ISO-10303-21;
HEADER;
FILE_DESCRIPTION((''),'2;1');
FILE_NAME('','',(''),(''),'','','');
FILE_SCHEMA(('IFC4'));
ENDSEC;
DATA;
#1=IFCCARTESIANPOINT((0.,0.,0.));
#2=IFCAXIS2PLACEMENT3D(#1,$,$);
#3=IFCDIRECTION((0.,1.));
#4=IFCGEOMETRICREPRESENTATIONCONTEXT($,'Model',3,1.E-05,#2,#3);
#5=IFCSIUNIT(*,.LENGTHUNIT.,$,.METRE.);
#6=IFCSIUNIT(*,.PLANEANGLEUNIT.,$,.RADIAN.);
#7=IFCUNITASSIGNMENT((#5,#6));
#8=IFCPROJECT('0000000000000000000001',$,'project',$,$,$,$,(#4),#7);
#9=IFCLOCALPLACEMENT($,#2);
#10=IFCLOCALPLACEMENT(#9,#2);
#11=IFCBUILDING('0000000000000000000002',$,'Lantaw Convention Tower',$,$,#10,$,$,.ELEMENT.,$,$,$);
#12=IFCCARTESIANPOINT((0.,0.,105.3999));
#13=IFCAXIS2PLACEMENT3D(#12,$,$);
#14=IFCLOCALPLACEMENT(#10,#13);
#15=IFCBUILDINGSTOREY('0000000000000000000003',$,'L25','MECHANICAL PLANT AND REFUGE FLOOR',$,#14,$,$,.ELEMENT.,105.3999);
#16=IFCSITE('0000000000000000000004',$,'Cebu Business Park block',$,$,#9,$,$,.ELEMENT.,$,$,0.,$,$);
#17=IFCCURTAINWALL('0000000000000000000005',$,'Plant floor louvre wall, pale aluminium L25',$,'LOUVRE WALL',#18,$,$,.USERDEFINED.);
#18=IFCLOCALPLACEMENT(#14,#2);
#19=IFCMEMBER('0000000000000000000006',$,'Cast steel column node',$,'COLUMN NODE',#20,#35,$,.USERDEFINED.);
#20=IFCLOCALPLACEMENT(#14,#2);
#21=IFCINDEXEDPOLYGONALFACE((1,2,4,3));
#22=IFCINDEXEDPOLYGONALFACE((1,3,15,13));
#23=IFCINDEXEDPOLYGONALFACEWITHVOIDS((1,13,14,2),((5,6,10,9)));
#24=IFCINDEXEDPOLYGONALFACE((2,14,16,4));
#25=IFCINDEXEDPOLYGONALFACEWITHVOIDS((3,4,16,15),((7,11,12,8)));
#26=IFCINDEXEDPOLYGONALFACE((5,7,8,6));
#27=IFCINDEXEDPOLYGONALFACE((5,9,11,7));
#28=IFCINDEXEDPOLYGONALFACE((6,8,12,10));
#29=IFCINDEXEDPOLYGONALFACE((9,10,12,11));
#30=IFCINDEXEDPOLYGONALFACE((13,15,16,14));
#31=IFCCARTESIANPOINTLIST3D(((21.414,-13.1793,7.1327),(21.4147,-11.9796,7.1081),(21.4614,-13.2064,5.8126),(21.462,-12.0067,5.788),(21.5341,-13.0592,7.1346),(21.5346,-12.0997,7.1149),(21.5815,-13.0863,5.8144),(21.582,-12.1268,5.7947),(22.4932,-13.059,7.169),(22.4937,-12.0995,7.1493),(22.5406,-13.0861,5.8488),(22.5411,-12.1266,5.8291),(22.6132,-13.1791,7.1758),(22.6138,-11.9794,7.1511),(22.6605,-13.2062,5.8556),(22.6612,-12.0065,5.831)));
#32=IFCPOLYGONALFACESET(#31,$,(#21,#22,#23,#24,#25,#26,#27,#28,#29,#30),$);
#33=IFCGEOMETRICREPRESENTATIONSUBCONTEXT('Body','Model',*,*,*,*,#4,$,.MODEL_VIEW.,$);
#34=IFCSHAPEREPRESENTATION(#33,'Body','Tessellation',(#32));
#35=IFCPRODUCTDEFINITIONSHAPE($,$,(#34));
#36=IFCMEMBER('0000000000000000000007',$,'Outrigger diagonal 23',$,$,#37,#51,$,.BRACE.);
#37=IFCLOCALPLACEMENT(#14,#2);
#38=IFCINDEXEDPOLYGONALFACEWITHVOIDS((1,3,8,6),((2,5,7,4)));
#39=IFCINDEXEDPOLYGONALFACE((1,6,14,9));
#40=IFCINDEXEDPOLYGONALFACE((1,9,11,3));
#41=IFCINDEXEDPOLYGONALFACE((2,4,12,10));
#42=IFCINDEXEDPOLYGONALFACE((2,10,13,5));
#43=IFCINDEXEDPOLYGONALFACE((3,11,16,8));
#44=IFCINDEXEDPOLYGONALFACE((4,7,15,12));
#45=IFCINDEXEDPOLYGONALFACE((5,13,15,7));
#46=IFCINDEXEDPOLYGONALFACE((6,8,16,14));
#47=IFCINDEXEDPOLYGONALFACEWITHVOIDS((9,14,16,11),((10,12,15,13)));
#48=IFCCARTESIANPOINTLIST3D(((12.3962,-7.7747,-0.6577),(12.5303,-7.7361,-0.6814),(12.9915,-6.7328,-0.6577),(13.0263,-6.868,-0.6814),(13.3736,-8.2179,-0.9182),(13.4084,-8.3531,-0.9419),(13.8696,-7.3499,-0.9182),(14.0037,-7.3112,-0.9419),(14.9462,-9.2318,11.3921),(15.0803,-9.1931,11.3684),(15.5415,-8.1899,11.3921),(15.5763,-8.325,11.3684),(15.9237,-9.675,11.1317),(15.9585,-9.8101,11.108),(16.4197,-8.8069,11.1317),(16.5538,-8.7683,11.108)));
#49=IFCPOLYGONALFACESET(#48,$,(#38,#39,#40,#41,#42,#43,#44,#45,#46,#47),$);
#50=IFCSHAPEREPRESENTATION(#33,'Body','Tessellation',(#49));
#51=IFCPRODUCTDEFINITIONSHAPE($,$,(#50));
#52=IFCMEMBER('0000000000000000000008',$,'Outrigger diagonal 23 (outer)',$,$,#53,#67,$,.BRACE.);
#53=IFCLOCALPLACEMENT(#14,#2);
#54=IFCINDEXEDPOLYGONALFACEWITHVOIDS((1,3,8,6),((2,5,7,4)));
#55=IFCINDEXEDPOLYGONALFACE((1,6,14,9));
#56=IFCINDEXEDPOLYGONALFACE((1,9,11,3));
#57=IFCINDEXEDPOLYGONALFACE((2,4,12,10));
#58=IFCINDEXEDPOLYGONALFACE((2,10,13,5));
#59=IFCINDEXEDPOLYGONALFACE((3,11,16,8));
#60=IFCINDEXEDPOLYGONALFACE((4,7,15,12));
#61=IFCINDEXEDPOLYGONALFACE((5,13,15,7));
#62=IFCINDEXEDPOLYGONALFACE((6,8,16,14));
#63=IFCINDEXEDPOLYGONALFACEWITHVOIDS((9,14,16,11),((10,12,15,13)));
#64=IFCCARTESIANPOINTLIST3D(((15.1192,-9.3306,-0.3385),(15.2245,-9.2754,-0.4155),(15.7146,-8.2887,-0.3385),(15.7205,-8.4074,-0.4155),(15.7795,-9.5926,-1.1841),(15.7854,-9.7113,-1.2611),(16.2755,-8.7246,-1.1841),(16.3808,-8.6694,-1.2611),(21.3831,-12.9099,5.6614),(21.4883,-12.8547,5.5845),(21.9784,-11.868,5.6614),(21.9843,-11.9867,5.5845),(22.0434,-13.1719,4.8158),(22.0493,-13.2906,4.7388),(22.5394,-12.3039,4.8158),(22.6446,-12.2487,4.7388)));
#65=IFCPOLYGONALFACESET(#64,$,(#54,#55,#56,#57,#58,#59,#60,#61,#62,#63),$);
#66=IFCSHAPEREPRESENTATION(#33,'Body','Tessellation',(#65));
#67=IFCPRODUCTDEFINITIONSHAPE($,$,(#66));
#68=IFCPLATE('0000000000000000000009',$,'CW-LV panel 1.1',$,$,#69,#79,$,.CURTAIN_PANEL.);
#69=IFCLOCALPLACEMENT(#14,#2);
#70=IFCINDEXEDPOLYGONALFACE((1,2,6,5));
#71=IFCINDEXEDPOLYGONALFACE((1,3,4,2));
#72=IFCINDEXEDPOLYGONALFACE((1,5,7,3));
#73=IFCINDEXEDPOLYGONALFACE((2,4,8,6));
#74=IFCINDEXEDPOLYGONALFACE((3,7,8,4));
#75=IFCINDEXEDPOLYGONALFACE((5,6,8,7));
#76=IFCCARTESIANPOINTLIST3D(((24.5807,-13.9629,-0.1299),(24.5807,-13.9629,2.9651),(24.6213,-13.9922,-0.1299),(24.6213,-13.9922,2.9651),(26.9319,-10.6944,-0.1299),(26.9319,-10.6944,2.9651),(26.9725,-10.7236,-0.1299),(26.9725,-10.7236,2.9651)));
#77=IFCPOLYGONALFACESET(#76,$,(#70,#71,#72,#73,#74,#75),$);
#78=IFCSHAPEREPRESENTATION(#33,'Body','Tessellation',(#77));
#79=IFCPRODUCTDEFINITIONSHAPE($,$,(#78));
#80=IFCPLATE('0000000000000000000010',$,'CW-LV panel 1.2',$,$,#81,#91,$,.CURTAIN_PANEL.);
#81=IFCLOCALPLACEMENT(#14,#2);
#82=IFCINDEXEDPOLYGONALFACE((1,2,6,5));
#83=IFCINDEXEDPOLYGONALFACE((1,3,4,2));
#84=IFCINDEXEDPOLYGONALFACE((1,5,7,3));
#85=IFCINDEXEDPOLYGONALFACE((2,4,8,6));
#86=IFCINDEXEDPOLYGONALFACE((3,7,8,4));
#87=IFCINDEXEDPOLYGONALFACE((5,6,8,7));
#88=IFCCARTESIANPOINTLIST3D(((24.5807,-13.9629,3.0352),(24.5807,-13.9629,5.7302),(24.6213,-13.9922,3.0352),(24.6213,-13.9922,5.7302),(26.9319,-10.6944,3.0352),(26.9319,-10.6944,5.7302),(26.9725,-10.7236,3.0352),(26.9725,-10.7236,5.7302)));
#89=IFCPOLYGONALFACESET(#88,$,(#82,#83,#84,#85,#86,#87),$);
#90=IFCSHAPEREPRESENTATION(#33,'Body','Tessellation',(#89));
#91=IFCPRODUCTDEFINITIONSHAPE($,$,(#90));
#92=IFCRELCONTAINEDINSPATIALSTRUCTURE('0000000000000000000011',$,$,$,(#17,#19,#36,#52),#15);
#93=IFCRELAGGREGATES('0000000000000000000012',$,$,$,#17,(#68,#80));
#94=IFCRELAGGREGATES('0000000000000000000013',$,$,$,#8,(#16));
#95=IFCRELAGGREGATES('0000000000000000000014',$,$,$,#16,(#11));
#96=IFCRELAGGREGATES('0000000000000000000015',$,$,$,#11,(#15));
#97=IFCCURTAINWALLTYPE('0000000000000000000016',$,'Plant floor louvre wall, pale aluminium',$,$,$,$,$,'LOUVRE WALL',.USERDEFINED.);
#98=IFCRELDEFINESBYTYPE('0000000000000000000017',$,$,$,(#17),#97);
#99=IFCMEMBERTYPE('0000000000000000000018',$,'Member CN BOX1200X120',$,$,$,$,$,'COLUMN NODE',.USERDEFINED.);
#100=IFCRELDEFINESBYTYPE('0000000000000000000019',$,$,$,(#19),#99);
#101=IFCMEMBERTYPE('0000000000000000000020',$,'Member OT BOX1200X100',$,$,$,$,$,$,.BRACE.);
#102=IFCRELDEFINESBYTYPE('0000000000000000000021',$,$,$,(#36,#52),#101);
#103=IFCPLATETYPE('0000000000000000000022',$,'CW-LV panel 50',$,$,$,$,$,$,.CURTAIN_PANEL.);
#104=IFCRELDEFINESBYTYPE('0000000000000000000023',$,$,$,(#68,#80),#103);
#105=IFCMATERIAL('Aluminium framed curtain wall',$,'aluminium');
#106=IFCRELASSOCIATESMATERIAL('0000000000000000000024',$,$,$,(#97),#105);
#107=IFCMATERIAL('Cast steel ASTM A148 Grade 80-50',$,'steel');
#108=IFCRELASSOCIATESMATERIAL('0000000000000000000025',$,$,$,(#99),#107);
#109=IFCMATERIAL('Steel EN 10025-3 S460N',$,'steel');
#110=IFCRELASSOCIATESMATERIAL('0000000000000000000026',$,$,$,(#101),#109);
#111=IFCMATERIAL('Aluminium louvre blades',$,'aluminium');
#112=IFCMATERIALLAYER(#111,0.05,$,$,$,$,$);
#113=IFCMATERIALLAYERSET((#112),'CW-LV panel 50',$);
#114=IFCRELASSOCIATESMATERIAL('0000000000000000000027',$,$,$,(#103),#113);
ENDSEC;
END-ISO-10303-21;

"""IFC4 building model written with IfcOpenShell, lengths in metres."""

from ifc_helpers import new_model, si_unit, direction, frame, origin, origin_2d, place, context, subcontext, project, spatial, rectangle, hollow_rectangle, extrude, material, layer, layer_set, material_profile, profile_set, type_object, element, aggregate, save


model = new_model("IFC4")

# Units and contexts
model_context = context("Model", 3, precision=1e-05, world=origin(), true_north=direction((0.0, 1.0)))
body_context = subcontext(model_context, "Body", "Model", "MODEL_VIEW")
ifc_project = project(units=[si_unit("LENGTHUNIT", "METRE"), si_unit("PLANEANGLEUNIT", "RADIAN")], contexts=[model_context])

# Site, building, storey
site_placement = place(None, origin())
site = spatial("IfcSite", under=ifc_project, at=site_placement, Name="Cebu Business Park block", CompositionType="ELEMENT", RefElevation=0.0)
building_placement = place(site_placement, origin())
building = spatial("IfcBuilding", under=site, at=building_placement, Name="Lantaw Convention Tower", CompositionType="ELEMENT")
storey_placement = place(building_placement, frame((0.0, 0.0, 105.3999)))
storey = spatial("IfcBuildingStorey", under=building, at=storey_placement, Name="L25", Description="MECHANICAL PLANT AND REFUGE FLOOR", CompositionType="ELEMENT", Elevation=105.3999)

# Shared definitions
ifc_material_1 = material(Name="Steel EN 10025-3 S460N", Category="steel")

# Curtain wall
ifc_material_2 = material(Name="Aluminium framed curtain wall", Category="aluminium")
curtain_wall_type = type_object("IfcCurtainWallType", Name="Plant floor louvre wall, pale aluminium", ElementType="LOUVRE WALL", PredefinedType="USERDEFINED", material=ifc_material_2)
curtain_wall_placement = place(storey_placement, origin())
curtain_wall = element("IfcCurtainWall", 1, at=curtain_wall_placement, inside=storey, type_object=curtain_wall_type, Name="Plant floor louvre wall, pale aluminium L25", ObjectType="LOUVRE WALL", PredefinedType="USERDEFINED")

# Members
ifc_material_3 = material(Name="Cast steel ASTM A148 Grade 80-50", Category="steel")
ifc_material_profile_1 = material_profile(ifc_material_3, hollow_rectangle(XDim=1.2, YDim=1.2, WallThickness=0.1201, at=origin_2d()), Name="BOX1200X120")
ifc_profile_set_1 = profile_set([ifc_material_profile_1], Name="Cast steel ASTM A148 Grade 80-50")
member_type_1 = type_object("IfcMemberType", Name="Member CN BOX1200X120", ElementType="COLUMN NODE", PredefinedType="USERDEFINED", material=ifc_profile_set_1)
member_1_placement = place(storey_placement, frame((22.0613, -12.6064, 5.8218), z_axis=(-0.035849, 0.020511, 0.999147), x_axis=(0.999357, 0.000172, 0.035853)))
element("IfcMember", 2, at=member_1_placement, inside=storey, type_object=member_type_1, Name="Cast steel column node", ObjectType="COLUMN NODE", PredefinedType="USERDEFINED", context=body_context, shape_type="SweptSolid", body=[
    extrude(hollow_rectangle(XDim=1.2, YDim=1.2, WallThickness=0.1201, at=origin_2d()), origin(), (0.0, 0.0, 1.0), 1.3213),
])
ifc_material_profile_2 = material_profile(ifc_material_1, hollow_rectangle(XDim=1.2, YDim=1.2, WallThickness=0.1001, at=origin_2d()), Name="BOX1200X100")
ifc_profile_set_2 = profile_set([ifc_material_profile_2], Name="Steel EN 10025-3 S460N")
member_type_2 = type_object("IfcMemberType", Name="Member OT BOX1200X100", PredefinedType="BRACE", material=ifc_profile_set_2)
member_2_placement = place(storey_placement, frame((13.2, -7.543, -0.7998), z_axis=(0.205607, -0.117478, 0.971558), x_axis=(0.496103, 0.868264, 0.0)))
element("IfcMember", 3, at=member_2_placement, inside=storey, type_object=member_type_2, Name="Outrigger diagonal 23", PredefinedType="BRACE", context=body_context, shape_type="SweptSolid", body=[
    extrude(hollow_rectangle(XDim=1.2, YDim=1.2, WallThickness=0.1001, at=origin_2d()), origin(), (0.0, 0.0, 1.0), 12.4026),
])
member_3_placement = place(storey_placement, frame((15.75, -9.0, -0.7998), z_axis=(0.667552, -0.381455, 0.639426), x_axis=(0.496135, 0.868245, 0.0)))
element("IfcMember", 4, at=member_3_placement, inside=storey, type_object=member_type_2, Name="Outrigger diagonal 23 (outer)", PredefinedType="BRACE", context=body_context, shape_type="SweptSolid", body=[
    extrude(hollow_rectangle(XDim=1.2, YDim=1.2, WallThickness=0.1001, at=origin_2d()), origin(), (0.0, 0.0, 1.0), 9.3833),
])

# Plates
ifc_material_4 = material(Name="Aluminium louvre blades", Category="aluminium")
ifc_layer = layer(ifc_material_4, 0.05)
ifc_layer_set = layer_set([ifc_layer], Name="CW-LV panel 50")
plate_type = type_object("IfcPlateType", Name="CW-LV panel 50", PredefinedType="CURTAIN_PANEL", material=ifc_layer_set)
plate_1_placement = place(storey_placement, frame((25.7766, -12.3433, -0.1299), z_axis=(0.0, 0.0, 1.0), x_axis=(0.583951, 0.811789, 0.0)))
plate_1 = element("IfcPlate", 5, at=plate_1_placement, type_object=plate_type, Name="CW-LV panel 1.1", PredefinedType="CURTAIN_PANEL", context=body_context, shape_type="SweptSolid", body=[
    extrude(rectangle(XDim=4.0264, YDim=0.05, at=origin_2d()), origin(), (0.0, 0.0, 1.0), 3.095),
])
plate_2_placement = place(storey_placement, frame((25.7766, -12.3433, 3.0352), z_axis=(0.0, 0.0, 1.0), x_axis=(0.583951, 0.811789, 0.0)))
plate_2 = element("IfcPlate", 6, at=plate_2_placement, type_object=plate_type, Name="CW-LV panel 1.2", PredefinedType="CURTAIN_PANEL", context=body_context, shape_type="SweptSolid", body=[
    extrude(rectangle(XDim=4.0264, YDim=0.05, at=origin_2d()), origin(), (0.0, 0.0, 1.0), 2.6951),
])
aggregate(curtain_wall, [plate_1, plate_2])

save(model, "model.ifc")
